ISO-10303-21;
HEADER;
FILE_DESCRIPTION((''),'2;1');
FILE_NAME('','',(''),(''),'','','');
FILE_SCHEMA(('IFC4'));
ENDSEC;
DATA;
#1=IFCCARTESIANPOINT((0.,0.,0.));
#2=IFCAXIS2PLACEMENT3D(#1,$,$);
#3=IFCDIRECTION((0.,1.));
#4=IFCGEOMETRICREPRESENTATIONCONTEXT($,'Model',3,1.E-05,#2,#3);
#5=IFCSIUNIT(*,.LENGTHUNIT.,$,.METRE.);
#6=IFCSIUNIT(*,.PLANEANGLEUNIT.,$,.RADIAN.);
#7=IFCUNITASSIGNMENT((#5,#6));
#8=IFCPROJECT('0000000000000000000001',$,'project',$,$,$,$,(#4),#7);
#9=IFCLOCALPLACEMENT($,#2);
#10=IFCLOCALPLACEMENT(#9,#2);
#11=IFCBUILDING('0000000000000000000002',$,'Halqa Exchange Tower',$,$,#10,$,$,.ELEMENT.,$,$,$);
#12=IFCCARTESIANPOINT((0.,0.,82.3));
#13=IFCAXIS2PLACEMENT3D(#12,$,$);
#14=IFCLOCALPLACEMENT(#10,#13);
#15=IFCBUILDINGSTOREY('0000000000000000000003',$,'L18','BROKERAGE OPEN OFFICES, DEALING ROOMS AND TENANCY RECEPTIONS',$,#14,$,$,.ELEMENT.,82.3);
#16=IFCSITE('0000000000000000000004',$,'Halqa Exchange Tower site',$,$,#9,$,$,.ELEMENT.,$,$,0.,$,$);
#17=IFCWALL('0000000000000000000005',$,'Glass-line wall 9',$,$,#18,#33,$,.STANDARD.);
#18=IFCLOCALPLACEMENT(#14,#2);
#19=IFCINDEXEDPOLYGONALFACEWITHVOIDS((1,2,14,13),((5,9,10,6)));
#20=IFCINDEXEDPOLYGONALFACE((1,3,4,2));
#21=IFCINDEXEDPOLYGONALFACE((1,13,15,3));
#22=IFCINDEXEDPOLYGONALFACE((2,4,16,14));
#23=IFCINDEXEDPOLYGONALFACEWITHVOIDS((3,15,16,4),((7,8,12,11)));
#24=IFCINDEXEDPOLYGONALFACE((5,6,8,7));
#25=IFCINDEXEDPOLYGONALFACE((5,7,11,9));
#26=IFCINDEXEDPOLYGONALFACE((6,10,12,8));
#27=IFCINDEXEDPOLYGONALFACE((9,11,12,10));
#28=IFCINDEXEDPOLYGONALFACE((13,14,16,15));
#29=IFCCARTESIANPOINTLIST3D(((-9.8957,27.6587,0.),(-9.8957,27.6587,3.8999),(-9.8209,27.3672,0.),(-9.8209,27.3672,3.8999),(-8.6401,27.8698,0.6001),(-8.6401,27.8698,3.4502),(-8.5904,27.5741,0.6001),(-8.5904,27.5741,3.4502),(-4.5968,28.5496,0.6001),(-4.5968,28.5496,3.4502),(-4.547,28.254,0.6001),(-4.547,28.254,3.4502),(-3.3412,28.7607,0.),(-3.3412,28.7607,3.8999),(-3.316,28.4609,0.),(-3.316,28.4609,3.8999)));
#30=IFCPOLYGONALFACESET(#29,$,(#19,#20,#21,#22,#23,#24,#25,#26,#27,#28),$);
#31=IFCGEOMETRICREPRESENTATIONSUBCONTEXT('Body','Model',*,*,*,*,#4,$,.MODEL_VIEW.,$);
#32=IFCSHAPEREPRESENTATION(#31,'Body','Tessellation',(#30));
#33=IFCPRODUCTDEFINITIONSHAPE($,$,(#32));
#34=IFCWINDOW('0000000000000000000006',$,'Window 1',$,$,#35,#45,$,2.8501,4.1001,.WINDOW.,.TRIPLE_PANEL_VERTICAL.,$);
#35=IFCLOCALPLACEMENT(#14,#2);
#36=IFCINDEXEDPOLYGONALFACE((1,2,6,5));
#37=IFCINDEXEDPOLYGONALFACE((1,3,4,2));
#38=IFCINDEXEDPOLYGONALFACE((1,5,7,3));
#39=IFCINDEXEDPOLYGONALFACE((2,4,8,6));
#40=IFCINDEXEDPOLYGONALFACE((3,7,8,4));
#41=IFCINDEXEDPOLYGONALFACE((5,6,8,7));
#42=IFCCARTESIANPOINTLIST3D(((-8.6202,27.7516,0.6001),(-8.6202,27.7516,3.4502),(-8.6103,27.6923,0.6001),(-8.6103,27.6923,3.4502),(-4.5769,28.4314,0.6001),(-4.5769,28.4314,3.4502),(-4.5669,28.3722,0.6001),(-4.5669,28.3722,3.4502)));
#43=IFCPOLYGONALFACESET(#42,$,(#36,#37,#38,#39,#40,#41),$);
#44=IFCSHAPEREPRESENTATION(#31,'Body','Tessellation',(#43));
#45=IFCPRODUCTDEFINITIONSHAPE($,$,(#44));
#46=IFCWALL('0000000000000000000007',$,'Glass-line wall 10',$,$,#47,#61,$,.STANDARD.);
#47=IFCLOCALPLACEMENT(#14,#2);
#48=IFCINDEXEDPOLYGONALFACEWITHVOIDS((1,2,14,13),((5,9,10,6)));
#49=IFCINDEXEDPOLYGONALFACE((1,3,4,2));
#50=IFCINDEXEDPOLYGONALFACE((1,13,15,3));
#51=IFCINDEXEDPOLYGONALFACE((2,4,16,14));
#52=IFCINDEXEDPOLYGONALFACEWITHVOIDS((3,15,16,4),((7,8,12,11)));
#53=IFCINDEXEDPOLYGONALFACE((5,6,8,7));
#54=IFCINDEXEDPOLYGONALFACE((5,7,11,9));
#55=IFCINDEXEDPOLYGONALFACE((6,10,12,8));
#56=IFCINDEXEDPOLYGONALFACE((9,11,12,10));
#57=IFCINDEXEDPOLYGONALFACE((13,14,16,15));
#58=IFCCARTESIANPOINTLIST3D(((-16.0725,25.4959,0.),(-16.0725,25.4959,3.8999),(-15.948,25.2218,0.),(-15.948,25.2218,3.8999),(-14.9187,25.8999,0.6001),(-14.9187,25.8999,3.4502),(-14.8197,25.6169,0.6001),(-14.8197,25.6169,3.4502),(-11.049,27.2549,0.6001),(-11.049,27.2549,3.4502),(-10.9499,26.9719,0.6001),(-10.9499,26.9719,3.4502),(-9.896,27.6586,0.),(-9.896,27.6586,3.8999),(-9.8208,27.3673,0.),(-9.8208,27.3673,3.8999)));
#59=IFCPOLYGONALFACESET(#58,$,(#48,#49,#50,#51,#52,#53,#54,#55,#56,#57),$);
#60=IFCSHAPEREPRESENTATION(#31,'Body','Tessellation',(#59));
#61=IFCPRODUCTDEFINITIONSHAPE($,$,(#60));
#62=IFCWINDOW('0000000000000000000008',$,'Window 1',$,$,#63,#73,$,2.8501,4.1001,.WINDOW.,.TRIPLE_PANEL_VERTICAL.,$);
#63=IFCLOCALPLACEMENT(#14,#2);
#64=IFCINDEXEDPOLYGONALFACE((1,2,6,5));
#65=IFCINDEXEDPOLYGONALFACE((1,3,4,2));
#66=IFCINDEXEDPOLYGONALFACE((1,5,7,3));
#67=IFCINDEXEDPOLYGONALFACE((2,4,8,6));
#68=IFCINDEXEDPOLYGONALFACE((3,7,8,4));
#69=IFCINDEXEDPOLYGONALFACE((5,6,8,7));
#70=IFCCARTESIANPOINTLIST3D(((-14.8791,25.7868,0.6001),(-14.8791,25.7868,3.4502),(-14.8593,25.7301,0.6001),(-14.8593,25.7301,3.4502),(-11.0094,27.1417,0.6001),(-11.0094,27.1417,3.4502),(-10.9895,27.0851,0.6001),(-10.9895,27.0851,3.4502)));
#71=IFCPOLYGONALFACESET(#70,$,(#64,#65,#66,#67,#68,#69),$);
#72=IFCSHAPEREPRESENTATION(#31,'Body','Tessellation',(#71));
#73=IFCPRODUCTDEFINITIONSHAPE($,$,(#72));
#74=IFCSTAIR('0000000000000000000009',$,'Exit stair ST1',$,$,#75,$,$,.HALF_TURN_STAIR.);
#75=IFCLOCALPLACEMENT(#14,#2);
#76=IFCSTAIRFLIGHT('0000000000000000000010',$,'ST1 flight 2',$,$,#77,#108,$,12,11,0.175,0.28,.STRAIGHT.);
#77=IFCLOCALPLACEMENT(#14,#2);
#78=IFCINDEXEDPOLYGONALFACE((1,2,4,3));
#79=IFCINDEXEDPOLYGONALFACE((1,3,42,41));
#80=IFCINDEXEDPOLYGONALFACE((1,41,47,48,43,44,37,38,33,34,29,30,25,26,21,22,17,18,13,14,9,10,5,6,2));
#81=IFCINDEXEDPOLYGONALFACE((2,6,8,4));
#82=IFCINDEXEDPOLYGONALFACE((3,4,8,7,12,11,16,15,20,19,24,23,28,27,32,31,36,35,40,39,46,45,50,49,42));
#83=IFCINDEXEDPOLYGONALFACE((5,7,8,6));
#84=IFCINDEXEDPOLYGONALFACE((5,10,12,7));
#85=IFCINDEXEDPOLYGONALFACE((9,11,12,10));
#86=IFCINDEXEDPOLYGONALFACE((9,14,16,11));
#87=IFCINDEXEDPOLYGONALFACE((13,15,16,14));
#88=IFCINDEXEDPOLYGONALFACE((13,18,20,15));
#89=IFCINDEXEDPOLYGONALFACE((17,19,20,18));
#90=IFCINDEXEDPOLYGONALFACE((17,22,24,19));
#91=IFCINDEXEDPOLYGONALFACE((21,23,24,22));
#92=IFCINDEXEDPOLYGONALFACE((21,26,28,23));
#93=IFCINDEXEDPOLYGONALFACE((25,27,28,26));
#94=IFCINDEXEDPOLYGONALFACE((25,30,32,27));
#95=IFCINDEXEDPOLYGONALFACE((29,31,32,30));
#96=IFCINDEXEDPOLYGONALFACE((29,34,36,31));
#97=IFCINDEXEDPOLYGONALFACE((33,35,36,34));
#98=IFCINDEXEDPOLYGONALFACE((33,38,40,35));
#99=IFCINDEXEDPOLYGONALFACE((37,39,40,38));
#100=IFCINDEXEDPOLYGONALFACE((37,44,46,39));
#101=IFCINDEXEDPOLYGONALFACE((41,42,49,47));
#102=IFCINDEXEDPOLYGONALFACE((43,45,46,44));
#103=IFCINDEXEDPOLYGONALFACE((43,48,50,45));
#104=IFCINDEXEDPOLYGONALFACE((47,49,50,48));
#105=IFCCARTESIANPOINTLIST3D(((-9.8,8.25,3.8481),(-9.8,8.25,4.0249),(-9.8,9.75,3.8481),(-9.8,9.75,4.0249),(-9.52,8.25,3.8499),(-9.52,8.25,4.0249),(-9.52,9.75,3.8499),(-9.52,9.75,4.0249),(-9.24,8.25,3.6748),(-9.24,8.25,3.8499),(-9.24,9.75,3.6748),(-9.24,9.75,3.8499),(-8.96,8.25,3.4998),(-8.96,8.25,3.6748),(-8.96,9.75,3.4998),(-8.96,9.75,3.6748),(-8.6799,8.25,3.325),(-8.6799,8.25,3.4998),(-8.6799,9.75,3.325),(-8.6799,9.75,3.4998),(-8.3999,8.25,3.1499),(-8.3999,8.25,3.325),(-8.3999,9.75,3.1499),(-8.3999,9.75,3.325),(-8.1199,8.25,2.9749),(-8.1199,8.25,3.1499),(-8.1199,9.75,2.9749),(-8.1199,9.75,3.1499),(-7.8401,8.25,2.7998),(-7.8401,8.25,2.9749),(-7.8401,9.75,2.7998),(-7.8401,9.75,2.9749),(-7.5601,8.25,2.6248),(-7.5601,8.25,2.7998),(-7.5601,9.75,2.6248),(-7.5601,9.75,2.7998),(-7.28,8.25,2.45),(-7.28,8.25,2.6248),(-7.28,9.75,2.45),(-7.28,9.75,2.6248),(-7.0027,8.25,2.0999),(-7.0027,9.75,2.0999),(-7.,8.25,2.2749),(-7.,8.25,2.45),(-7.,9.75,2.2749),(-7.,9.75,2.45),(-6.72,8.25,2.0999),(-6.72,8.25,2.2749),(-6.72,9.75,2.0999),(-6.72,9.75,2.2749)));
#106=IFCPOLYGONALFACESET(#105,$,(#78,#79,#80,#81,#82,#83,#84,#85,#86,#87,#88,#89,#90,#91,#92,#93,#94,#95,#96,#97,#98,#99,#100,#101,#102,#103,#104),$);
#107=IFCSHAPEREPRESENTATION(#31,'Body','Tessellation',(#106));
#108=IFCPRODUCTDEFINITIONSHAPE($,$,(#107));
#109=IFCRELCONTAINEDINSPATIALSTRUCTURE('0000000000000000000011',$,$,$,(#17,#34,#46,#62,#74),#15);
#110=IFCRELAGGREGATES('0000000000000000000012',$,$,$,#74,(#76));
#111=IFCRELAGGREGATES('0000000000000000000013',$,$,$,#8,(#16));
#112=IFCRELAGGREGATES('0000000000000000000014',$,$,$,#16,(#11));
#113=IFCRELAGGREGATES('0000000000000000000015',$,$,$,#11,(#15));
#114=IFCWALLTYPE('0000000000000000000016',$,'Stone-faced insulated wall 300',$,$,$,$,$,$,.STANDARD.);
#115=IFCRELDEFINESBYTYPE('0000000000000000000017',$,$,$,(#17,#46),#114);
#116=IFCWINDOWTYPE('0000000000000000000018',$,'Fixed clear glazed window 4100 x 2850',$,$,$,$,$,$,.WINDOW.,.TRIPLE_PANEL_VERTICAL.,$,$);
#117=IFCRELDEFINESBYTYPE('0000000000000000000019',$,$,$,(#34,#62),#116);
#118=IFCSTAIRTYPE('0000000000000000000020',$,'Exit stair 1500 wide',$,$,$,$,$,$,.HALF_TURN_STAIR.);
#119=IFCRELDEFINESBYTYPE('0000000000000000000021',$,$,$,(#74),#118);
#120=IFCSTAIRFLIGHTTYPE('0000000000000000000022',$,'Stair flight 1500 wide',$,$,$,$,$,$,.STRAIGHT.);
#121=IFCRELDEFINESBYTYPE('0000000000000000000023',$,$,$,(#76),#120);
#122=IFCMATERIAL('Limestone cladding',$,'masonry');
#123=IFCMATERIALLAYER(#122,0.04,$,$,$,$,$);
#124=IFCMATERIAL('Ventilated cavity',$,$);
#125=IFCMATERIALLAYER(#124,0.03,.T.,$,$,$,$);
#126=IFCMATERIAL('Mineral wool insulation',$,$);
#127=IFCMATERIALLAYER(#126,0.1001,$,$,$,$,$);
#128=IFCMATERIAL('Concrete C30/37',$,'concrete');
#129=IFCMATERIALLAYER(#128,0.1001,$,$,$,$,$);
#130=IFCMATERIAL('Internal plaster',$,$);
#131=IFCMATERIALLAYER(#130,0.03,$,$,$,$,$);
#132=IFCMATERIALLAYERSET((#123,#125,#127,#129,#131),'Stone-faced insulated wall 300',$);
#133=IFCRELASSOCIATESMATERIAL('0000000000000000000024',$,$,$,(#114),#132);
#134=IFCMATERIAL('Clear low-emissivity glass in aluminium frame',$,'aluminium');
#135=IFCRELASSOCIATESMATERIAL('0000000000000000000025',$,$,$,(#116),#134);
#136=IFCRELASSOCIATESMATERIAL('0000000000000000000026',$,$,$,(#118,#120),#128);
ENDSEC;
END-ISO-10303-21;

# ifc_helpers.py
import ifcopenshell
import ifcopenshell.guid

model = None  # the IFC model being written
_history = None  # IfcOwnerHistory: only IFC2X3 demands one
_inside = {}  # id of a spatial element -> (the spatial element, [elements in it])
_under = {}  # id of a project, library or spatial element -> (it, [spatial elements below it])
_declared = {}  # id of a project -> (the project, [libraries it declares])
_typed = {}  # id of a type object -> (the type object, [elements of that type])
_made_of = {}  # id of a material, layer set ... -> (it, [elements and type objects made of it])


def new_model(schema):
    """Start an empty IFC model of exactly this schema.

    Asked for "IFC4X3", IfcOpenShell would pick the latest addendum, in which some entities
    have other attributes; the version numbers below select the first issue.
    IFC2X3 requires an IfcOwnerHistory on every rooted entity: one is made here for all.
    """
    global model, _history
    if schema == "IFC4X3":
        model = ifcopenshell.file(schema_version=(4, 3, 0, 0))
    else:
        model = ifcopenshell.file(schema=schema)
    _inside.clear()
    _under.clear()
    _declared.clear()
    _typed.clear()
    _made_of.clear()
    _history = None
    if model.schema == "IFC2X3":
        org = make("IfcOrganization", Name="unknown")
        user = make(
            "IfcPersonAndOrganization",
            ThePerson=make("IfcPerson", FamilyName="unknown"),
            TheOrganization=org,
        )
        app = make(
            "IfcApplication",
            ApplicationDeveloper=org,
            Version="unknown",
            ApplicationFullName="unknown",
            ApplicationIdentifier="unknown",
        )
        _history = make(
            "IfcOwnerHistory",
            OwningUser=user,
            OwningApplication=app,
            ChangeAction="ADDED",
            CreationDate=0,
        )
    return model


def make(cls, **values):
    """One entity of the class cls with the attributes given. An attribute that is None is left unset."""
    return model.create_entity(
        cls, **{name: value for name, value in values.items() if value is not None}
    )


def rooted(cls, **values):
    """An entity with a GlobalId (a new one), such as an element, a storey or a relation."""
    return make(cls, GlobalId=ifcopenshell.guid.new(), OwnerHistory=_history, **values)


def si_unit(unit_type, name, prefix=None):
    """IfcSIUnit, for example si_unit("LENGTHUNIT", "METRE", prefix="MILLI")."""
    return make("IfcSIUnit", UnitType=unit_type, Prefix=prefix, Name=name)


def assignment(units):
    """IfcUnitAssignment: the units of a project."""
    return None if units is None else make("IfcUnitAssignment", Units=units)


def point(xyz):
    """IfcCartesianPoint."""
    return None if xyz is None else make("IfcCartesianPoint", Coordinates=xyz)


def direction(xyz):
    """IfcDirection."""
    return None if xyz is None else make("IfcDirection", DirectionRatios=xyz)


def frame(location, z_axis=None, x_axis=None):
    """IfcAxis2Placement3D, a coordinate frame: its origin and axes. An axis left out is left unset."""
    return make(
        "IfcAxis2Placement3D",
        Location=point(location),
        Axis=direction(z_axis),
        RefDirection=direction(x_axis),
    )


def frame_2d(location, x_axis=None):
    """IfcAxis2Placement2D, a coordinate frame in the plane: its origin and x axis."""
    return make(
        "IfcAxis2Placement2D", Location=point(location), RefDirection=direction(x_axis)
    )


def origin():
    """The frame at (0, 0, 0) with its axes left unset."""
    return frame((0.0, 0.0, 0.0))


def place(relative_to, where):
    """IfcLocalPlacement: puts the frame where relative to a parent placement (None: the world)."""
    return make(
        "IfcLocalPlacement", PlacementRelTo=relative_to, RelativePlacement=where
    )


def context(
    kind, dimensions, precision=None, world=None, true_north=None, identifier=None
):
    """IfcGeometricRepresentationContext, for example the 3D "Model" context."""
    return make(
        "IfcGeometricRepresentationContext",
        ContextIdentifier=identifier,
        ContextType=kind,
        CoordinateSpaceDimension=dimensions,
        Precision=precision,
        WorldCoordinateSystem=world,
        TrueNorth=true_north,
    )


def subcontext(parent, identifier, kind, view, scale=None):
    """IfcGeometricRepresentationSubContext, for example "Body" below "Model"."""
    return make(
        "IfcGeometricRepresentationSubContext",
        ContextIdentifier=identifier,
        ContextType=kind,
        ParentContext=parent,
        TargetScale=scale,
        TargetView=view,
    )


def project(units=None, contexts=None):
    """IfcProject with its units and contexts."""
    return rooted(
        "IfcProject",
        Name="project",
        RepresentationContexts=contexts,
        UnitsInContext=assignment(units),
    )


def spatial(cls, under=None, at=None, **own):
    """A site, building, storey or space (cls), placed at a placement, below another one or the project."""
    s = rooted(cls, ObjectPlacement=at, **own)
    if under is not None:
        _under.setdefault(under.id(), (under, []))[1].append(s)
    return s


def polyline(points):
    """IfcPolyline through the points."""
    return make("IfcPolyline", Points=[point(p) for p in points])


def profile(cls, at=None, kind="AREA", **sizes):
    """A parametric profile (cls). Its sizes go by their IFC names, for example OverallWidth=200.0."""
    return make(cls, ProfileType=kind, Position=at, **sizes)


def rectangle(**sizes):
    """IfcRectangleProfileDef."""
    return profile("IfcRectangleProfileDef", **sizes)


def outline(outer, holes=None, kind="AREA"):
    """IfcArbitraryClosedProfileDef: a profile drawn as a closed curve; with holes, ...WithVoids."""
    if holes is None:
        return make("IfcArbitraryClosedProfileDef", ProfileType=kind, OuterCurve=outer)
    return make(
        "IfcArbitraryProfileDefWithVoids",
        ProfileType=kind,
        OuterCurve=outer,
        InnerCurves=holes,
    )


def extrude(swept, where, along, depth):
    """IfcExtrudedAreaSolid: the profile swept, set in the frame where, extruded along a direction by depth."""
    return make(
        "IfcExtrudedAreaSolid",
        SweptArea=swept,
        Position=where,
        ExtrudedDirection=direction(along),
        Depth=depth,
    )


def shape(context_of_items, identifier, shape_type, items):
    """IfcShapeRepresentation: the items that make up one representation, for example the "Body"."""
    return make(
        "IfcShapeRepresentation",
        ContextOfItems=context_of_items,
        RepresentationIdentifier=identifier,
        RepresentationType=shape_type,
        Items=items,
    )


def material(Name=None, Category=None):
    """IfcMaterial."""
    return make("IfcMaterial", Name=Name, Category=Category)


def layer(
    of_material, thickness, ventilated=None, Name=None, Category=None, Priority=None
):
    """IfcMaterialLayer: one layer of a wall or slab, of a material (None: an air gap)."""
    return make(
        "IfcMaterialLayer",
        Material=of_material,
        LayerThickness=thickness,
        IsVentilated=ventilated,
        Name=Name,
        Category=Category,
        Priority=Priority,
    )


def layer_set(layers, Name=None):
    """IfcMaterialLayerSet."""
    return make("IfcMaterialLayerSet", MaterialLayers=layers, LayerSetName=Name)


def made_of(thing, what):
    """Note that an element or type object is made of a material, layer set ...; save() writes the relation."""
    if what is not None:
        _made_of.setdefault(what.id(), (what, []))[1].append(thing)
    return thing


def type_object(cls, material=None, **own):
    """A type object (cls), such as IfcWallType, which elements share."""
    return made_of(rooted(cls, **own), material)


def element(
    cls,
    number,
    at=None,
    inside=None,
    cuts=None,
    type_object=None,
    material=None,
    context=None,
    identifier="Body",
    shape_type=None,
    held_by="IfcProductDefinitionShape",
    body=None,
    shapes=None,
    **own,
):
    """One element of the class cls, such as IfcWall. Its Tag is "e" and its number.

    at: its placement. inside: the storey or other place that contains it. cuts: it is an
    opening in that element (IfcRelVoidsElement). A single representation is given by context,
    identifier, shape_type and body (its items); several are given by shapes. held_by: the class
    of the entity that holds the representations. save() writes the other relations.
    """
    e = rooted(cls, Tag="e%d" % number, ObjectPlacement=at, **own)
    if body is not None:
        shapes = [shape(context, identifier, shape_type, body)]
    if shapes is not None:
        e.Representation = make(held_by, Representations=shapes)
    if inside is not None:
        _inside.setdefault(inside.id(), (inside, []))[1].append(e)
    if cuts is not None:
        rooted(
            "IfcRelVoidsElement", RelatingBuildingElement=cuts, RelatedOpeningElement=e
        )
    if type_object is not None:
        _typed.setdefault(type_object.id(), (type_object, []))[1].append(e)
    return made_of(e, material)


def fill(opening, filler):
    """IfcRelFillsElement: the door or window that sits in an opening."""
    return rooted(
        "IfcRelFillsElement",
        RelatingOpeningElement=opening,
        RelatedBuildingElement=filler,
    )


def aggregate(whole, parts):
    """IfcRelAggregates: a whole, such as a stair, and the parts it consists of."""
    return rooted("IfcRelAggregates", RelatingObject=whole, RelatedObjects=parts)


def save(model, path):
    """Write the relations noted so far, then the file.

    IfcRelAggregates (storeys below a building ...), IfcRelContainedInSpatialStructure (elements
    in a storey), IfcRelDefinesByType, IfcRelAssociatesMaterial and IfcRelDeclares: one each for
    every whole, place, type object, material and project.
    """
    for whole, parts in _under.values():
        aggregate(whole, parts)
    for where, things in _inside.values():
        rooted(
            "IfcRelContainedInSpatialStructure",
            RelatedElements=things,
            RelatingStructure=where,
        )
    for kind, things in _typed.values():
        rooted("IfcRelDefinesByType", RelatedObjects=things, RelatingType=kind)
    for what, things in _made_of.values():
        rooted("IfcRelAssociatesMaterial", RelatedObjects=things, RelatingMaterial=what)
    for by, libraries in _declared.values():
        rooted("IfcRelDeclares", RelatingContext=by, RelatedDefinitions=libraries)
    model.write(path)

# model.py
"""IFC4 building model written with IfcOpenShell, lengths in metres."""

from ifc_helpers import new_model, si_unit, direction, frame, frame_2d, origin, place, context, subcontext, project, spatial, polyline, rectangle, outline, extrude, material, layer, layer_set, type_object, element, fill, aggregate, save


model = new_model("IFC4")

# Units and contexts
model_context = context("Model", 3, precision=1e-05, world=origin(), true_north=direction((0.0, 1.0)))
body_context = subcontext(model_context, "Body", "Model", "MODEL_VIEW")
ifc_project = project(units=[si_unit("LENGTHUNIT", "METRE"), si_unit("PLANEANGLEUNIT", "RADIAN")], contexts=[model_context])

# Site, building, storey
site_placement = place(None, origin())
site = spatial("IfcSite", under=ifc_project, at=site_placement, Name="Halqa Exchange Tower site", CompositionType="ELEMENT", RefElevation=0.0)
building_placement = place(site_placement, origin())
building = spatial("IfcBuilding", under=site, at=building_placement, Name="Halqa Exchange Tower", CompositionType="ELEMENT")
storey_placement = place(building_placement, frame((0.0, 0.0, 82.3)))
storey = spatial("IfcBuildingStorey", under=building, at=storey_placement, Name="L18", Description="BROKERAGE OPEN OFFICES, DEALING ROOMS AND TENANCY RECEPTIONS", CompositionType="ELEMENT", Elevation=82.3)

# Shared definitions
ifc_material_1 = material(Name="Concrete C30/37", Category="concrete")

# Walls, openings, windows
ifc_material_2 = material(Name="Limestone cladding", Category="masonry")
ifc_layer_1 = layer(ifc_material_2, 0.04)
ifc_material_3 = material(Name="Ventilated cavity")
ifc_layer_2 = layer(ifc_material_3, 0.03, ventilated=True)
ifc_material_4 = material(Name="Mineral wool insulation")
ifc_layer_3 = layer(ifc_material_4, 0.1001)
ifc_layer_4 = layer(ifc_material_1, 0.1001)
ifc_material_5 = material(Name="Internal plaster")
ifc_layer_5 = layer(ifc_material_5, 0.03)
ifc_layer_set_1 = layer_set([ifc_layer_1, ifc_layer_2, ifc_layer_3, ifc_layer_4, ifc_layer_5], Name="Stone-faced insulated wall 300")
wall_type_1 = type_object("IfcWallType", Name="Stone-faced insulated wall 300", PredefinedType="STANDARD", material=ifc_layer_set_1)
wall_1_placement = place(storey_placement, frame((-3.3286, 28.6108, 0.0), z_axis=(0.0, 0.0, 1.0), x_axis=(-0.986158, -0.16581, 0.0)))
wall_1 = element("IfcWall", 1, at=wall_1_placement, inside=storey, type_object=wall_type_1, Name="Glass-line wall 9", PredefinedType="STANDARD", context=body_context, shape_type="SweptSolid", body=[
    extrude(outline(polyline([(-0.0125, -0.1499), (6.634, -0.1499), (6.6086, 0.1499), (0.0125, 0.1499), (-0.0125, -0.1499)])), origin(), (0.0, 0.0, 1.0), 3.8999),
])
opening_1_placement = place(wall_1_placement, frame((1.2607, 0.0, 0.6001)))
opening_1 = element("IfcOpeningElement", 2, at=opening_1_placement, cuts=wall_1, PredefinedType="OPENING", context=body_context, shape_type="SweptSolid", body=[
    extrude(rectangle(XDim=4.1001, YDim=2.8501, at=frame_2d((2.05, 1.425))), frame((0.0, 0.1621, 0.0), z_axis=(0.0, -1.0, 0.0), x_axis=(1.0, 0.0, 0.0)), (0.0, 0.0, 1.0), 0.324),
])
ifc_material_6 = material(Name="Clear low-emissivity glass in aluminium frame", Category="aluminium")
window_type = type_object("IfcWindowType", Name="Fixed clear glazed window 4100 x 2850", PartitioningType="TRIPLE_PANEL_VERTICAL", PredefinedType="WINDOW", material=ifc_material_6)
window_1_placement = place(opening_1_placement, origin())
window_1 = element("IfcWindow", 3, at=window_1_placement, inside=storey, type_object=window_type, Name="Window 1", OverallHeight=2.8501, OverallWidth=4.1001, PartitioningType="TRIPLE_PANEL_VERTICAL", PredefinedType="WINDOW", context=body_context, shape_type="SweptSolid", body=[
    extrude(rectangle(XDim=4.1001, YDim=2.8501, at=frame_2d((2.05, 1.425))), frame((0.0, 0.03, 0.0), z_axis=(0.0, -1.0, 0.0), x_axis=(1.0, 0.0, 0.0)), (0.0, 0.0, 1.0), 0.0601),
])
fill(opening_1, window_1)
wall_2_placement = place(storey_placement, frame((-9.8584, 27.5129, 0.0), z_axis=(0.0, 0.0, 1.0), x_axis=(-0.943815, -0.330474, 0.0)))
wall_2 = element("IfcWall", 4, at=wall_2_placement, inside=storey, type_object=wall_type_1, Name="Glass-line wall 10", PredefinedType="STANDARD", context=body_context, shape_type="SweptSolid", body=[
    extrude(outline(polyline([(-0.0127, -0.1499), (6.5315, -0.1499), (6.5046, 0.1499), (0.0127, 0.1499), (-0.0127, -0.1499)])), origin(), (0.0, 0.0, 1.0), 3.8999),
])
opening_2_placement = place(wall_2_placement, frame((1.209, 0.0, 0.6001)))
opening_2 = element("IfcOpeningElement", 5, at=opening_2_placement, cuts=wall_2, PredefinedType="OPENING", context=body_context, shape_type="SweptSolid", body=[
    extrude(rectangle(XDim=4.1001, YDim=2.8501, at=frame_2d((2.05, 1.425))), frame((0.0, 0.1621, 0.0), z_axis=(0.0, -1.0, 0.0), x_axis=(1.0, 0.0, 0.0)), (0.0, 0.0, 1.0), 0.324),
])
window_2_placement = place(opening_2_placement, origin())
window_2 = element("IfcWindow", 6, at=window_2_placement, inside=storey, type_object=window_type, Name="Window 1", OverallHeight=2.8501, OverallWidth=4.1001, PartitioningType="TRIPLE_PANEL_VERTICAL", PredefinedType="WINDOW", context=body_context, shape_type="SweptSolid", body=[
    extrude(rectangle(XDim=4.1001, YDim=2.8501, at=frame_2d((2.05, 1.425))), frame((0.0, 0.03, 0.0), z_axis=(0.0, -1.0, 0.0), x_axis=(1.0, 0.0, 0.0)), (0.0, 0.0, 1.0), 0.0601),
])
fill(opening_2, window_2)

# Stair, stair flight
stair_type = type_object("IfcStairType", Name="Exit stair 1500 wide", PredefinedType="HALF_TURN_STAIR", material=ifc_material_1)
stair_placement = place(storey_placement, origin())
stair = element("IfcStair", 7, at=stair_placement, inside=storey, type_object=stair_type, Name="Exit stair ST1", PredefinedType="HALF_TURN_STAIR")
stair_flight_type = type_object("IfcStairFlightType", Name="Stair flight 1500 wide", PredefinedType="STRAIGHT", material=ifc_material_1)
stair_flight_placement = place(storey_placement, frame((-6.72, 9.0, 2.0999), z_axis=(0.0, 0.0, 1.0), x_axis=(-1.0, 0.0, 0.0)))
stair_flight = element("IfcStairFlight", 8, at=stair_flight_placement, type_object=stair_flight_type, Name="ST1 flight 2", NumberOfRisers=12, NumberOfTreads=11, PredefinedType="STRAIGHT", RiserHeight=0.175, TreadLength=0.28, context=body_context, shape_type="SweptSolid", body=[
    extrude(outline(polyline([(0.0, 0.0), (0.0, 0.175), (0.28, 0.175), (0.28, 0.3501), (0.5601, 0.3501), (0.5601, 0.5249), (0.8401, 0.5249), (0.8401, 0.7), (1.1201, 0.7), (1.1201, 0.875), (1.3999, 0.875), (1.3999, 1.05), (1.6799, 1.05), (1.6799, 1.2251), (1.96, 1.2251), (1.96, 1.3999), (2.24, 1.3999), (2.24, 1.575), (2.52, 1.575), (2.52, 1.75), (2.8, 1.75), (2.8, 1.925), (3.0801, 1.925), (3.0801, 2.1001), (3.0801, 1.7483), (0.2827, 0.0), (0.0, 0.0)])), frame((0.0, 0.75, 0.0), z_axis=(0.0, -1.0, 0.0), x_axis=(1.0, 0.0, 0.0)), (0.0, 0.0, 1.0), 1.5),
])
aggregate(stair, [stair_flight])

save(model, "model.ifc")
